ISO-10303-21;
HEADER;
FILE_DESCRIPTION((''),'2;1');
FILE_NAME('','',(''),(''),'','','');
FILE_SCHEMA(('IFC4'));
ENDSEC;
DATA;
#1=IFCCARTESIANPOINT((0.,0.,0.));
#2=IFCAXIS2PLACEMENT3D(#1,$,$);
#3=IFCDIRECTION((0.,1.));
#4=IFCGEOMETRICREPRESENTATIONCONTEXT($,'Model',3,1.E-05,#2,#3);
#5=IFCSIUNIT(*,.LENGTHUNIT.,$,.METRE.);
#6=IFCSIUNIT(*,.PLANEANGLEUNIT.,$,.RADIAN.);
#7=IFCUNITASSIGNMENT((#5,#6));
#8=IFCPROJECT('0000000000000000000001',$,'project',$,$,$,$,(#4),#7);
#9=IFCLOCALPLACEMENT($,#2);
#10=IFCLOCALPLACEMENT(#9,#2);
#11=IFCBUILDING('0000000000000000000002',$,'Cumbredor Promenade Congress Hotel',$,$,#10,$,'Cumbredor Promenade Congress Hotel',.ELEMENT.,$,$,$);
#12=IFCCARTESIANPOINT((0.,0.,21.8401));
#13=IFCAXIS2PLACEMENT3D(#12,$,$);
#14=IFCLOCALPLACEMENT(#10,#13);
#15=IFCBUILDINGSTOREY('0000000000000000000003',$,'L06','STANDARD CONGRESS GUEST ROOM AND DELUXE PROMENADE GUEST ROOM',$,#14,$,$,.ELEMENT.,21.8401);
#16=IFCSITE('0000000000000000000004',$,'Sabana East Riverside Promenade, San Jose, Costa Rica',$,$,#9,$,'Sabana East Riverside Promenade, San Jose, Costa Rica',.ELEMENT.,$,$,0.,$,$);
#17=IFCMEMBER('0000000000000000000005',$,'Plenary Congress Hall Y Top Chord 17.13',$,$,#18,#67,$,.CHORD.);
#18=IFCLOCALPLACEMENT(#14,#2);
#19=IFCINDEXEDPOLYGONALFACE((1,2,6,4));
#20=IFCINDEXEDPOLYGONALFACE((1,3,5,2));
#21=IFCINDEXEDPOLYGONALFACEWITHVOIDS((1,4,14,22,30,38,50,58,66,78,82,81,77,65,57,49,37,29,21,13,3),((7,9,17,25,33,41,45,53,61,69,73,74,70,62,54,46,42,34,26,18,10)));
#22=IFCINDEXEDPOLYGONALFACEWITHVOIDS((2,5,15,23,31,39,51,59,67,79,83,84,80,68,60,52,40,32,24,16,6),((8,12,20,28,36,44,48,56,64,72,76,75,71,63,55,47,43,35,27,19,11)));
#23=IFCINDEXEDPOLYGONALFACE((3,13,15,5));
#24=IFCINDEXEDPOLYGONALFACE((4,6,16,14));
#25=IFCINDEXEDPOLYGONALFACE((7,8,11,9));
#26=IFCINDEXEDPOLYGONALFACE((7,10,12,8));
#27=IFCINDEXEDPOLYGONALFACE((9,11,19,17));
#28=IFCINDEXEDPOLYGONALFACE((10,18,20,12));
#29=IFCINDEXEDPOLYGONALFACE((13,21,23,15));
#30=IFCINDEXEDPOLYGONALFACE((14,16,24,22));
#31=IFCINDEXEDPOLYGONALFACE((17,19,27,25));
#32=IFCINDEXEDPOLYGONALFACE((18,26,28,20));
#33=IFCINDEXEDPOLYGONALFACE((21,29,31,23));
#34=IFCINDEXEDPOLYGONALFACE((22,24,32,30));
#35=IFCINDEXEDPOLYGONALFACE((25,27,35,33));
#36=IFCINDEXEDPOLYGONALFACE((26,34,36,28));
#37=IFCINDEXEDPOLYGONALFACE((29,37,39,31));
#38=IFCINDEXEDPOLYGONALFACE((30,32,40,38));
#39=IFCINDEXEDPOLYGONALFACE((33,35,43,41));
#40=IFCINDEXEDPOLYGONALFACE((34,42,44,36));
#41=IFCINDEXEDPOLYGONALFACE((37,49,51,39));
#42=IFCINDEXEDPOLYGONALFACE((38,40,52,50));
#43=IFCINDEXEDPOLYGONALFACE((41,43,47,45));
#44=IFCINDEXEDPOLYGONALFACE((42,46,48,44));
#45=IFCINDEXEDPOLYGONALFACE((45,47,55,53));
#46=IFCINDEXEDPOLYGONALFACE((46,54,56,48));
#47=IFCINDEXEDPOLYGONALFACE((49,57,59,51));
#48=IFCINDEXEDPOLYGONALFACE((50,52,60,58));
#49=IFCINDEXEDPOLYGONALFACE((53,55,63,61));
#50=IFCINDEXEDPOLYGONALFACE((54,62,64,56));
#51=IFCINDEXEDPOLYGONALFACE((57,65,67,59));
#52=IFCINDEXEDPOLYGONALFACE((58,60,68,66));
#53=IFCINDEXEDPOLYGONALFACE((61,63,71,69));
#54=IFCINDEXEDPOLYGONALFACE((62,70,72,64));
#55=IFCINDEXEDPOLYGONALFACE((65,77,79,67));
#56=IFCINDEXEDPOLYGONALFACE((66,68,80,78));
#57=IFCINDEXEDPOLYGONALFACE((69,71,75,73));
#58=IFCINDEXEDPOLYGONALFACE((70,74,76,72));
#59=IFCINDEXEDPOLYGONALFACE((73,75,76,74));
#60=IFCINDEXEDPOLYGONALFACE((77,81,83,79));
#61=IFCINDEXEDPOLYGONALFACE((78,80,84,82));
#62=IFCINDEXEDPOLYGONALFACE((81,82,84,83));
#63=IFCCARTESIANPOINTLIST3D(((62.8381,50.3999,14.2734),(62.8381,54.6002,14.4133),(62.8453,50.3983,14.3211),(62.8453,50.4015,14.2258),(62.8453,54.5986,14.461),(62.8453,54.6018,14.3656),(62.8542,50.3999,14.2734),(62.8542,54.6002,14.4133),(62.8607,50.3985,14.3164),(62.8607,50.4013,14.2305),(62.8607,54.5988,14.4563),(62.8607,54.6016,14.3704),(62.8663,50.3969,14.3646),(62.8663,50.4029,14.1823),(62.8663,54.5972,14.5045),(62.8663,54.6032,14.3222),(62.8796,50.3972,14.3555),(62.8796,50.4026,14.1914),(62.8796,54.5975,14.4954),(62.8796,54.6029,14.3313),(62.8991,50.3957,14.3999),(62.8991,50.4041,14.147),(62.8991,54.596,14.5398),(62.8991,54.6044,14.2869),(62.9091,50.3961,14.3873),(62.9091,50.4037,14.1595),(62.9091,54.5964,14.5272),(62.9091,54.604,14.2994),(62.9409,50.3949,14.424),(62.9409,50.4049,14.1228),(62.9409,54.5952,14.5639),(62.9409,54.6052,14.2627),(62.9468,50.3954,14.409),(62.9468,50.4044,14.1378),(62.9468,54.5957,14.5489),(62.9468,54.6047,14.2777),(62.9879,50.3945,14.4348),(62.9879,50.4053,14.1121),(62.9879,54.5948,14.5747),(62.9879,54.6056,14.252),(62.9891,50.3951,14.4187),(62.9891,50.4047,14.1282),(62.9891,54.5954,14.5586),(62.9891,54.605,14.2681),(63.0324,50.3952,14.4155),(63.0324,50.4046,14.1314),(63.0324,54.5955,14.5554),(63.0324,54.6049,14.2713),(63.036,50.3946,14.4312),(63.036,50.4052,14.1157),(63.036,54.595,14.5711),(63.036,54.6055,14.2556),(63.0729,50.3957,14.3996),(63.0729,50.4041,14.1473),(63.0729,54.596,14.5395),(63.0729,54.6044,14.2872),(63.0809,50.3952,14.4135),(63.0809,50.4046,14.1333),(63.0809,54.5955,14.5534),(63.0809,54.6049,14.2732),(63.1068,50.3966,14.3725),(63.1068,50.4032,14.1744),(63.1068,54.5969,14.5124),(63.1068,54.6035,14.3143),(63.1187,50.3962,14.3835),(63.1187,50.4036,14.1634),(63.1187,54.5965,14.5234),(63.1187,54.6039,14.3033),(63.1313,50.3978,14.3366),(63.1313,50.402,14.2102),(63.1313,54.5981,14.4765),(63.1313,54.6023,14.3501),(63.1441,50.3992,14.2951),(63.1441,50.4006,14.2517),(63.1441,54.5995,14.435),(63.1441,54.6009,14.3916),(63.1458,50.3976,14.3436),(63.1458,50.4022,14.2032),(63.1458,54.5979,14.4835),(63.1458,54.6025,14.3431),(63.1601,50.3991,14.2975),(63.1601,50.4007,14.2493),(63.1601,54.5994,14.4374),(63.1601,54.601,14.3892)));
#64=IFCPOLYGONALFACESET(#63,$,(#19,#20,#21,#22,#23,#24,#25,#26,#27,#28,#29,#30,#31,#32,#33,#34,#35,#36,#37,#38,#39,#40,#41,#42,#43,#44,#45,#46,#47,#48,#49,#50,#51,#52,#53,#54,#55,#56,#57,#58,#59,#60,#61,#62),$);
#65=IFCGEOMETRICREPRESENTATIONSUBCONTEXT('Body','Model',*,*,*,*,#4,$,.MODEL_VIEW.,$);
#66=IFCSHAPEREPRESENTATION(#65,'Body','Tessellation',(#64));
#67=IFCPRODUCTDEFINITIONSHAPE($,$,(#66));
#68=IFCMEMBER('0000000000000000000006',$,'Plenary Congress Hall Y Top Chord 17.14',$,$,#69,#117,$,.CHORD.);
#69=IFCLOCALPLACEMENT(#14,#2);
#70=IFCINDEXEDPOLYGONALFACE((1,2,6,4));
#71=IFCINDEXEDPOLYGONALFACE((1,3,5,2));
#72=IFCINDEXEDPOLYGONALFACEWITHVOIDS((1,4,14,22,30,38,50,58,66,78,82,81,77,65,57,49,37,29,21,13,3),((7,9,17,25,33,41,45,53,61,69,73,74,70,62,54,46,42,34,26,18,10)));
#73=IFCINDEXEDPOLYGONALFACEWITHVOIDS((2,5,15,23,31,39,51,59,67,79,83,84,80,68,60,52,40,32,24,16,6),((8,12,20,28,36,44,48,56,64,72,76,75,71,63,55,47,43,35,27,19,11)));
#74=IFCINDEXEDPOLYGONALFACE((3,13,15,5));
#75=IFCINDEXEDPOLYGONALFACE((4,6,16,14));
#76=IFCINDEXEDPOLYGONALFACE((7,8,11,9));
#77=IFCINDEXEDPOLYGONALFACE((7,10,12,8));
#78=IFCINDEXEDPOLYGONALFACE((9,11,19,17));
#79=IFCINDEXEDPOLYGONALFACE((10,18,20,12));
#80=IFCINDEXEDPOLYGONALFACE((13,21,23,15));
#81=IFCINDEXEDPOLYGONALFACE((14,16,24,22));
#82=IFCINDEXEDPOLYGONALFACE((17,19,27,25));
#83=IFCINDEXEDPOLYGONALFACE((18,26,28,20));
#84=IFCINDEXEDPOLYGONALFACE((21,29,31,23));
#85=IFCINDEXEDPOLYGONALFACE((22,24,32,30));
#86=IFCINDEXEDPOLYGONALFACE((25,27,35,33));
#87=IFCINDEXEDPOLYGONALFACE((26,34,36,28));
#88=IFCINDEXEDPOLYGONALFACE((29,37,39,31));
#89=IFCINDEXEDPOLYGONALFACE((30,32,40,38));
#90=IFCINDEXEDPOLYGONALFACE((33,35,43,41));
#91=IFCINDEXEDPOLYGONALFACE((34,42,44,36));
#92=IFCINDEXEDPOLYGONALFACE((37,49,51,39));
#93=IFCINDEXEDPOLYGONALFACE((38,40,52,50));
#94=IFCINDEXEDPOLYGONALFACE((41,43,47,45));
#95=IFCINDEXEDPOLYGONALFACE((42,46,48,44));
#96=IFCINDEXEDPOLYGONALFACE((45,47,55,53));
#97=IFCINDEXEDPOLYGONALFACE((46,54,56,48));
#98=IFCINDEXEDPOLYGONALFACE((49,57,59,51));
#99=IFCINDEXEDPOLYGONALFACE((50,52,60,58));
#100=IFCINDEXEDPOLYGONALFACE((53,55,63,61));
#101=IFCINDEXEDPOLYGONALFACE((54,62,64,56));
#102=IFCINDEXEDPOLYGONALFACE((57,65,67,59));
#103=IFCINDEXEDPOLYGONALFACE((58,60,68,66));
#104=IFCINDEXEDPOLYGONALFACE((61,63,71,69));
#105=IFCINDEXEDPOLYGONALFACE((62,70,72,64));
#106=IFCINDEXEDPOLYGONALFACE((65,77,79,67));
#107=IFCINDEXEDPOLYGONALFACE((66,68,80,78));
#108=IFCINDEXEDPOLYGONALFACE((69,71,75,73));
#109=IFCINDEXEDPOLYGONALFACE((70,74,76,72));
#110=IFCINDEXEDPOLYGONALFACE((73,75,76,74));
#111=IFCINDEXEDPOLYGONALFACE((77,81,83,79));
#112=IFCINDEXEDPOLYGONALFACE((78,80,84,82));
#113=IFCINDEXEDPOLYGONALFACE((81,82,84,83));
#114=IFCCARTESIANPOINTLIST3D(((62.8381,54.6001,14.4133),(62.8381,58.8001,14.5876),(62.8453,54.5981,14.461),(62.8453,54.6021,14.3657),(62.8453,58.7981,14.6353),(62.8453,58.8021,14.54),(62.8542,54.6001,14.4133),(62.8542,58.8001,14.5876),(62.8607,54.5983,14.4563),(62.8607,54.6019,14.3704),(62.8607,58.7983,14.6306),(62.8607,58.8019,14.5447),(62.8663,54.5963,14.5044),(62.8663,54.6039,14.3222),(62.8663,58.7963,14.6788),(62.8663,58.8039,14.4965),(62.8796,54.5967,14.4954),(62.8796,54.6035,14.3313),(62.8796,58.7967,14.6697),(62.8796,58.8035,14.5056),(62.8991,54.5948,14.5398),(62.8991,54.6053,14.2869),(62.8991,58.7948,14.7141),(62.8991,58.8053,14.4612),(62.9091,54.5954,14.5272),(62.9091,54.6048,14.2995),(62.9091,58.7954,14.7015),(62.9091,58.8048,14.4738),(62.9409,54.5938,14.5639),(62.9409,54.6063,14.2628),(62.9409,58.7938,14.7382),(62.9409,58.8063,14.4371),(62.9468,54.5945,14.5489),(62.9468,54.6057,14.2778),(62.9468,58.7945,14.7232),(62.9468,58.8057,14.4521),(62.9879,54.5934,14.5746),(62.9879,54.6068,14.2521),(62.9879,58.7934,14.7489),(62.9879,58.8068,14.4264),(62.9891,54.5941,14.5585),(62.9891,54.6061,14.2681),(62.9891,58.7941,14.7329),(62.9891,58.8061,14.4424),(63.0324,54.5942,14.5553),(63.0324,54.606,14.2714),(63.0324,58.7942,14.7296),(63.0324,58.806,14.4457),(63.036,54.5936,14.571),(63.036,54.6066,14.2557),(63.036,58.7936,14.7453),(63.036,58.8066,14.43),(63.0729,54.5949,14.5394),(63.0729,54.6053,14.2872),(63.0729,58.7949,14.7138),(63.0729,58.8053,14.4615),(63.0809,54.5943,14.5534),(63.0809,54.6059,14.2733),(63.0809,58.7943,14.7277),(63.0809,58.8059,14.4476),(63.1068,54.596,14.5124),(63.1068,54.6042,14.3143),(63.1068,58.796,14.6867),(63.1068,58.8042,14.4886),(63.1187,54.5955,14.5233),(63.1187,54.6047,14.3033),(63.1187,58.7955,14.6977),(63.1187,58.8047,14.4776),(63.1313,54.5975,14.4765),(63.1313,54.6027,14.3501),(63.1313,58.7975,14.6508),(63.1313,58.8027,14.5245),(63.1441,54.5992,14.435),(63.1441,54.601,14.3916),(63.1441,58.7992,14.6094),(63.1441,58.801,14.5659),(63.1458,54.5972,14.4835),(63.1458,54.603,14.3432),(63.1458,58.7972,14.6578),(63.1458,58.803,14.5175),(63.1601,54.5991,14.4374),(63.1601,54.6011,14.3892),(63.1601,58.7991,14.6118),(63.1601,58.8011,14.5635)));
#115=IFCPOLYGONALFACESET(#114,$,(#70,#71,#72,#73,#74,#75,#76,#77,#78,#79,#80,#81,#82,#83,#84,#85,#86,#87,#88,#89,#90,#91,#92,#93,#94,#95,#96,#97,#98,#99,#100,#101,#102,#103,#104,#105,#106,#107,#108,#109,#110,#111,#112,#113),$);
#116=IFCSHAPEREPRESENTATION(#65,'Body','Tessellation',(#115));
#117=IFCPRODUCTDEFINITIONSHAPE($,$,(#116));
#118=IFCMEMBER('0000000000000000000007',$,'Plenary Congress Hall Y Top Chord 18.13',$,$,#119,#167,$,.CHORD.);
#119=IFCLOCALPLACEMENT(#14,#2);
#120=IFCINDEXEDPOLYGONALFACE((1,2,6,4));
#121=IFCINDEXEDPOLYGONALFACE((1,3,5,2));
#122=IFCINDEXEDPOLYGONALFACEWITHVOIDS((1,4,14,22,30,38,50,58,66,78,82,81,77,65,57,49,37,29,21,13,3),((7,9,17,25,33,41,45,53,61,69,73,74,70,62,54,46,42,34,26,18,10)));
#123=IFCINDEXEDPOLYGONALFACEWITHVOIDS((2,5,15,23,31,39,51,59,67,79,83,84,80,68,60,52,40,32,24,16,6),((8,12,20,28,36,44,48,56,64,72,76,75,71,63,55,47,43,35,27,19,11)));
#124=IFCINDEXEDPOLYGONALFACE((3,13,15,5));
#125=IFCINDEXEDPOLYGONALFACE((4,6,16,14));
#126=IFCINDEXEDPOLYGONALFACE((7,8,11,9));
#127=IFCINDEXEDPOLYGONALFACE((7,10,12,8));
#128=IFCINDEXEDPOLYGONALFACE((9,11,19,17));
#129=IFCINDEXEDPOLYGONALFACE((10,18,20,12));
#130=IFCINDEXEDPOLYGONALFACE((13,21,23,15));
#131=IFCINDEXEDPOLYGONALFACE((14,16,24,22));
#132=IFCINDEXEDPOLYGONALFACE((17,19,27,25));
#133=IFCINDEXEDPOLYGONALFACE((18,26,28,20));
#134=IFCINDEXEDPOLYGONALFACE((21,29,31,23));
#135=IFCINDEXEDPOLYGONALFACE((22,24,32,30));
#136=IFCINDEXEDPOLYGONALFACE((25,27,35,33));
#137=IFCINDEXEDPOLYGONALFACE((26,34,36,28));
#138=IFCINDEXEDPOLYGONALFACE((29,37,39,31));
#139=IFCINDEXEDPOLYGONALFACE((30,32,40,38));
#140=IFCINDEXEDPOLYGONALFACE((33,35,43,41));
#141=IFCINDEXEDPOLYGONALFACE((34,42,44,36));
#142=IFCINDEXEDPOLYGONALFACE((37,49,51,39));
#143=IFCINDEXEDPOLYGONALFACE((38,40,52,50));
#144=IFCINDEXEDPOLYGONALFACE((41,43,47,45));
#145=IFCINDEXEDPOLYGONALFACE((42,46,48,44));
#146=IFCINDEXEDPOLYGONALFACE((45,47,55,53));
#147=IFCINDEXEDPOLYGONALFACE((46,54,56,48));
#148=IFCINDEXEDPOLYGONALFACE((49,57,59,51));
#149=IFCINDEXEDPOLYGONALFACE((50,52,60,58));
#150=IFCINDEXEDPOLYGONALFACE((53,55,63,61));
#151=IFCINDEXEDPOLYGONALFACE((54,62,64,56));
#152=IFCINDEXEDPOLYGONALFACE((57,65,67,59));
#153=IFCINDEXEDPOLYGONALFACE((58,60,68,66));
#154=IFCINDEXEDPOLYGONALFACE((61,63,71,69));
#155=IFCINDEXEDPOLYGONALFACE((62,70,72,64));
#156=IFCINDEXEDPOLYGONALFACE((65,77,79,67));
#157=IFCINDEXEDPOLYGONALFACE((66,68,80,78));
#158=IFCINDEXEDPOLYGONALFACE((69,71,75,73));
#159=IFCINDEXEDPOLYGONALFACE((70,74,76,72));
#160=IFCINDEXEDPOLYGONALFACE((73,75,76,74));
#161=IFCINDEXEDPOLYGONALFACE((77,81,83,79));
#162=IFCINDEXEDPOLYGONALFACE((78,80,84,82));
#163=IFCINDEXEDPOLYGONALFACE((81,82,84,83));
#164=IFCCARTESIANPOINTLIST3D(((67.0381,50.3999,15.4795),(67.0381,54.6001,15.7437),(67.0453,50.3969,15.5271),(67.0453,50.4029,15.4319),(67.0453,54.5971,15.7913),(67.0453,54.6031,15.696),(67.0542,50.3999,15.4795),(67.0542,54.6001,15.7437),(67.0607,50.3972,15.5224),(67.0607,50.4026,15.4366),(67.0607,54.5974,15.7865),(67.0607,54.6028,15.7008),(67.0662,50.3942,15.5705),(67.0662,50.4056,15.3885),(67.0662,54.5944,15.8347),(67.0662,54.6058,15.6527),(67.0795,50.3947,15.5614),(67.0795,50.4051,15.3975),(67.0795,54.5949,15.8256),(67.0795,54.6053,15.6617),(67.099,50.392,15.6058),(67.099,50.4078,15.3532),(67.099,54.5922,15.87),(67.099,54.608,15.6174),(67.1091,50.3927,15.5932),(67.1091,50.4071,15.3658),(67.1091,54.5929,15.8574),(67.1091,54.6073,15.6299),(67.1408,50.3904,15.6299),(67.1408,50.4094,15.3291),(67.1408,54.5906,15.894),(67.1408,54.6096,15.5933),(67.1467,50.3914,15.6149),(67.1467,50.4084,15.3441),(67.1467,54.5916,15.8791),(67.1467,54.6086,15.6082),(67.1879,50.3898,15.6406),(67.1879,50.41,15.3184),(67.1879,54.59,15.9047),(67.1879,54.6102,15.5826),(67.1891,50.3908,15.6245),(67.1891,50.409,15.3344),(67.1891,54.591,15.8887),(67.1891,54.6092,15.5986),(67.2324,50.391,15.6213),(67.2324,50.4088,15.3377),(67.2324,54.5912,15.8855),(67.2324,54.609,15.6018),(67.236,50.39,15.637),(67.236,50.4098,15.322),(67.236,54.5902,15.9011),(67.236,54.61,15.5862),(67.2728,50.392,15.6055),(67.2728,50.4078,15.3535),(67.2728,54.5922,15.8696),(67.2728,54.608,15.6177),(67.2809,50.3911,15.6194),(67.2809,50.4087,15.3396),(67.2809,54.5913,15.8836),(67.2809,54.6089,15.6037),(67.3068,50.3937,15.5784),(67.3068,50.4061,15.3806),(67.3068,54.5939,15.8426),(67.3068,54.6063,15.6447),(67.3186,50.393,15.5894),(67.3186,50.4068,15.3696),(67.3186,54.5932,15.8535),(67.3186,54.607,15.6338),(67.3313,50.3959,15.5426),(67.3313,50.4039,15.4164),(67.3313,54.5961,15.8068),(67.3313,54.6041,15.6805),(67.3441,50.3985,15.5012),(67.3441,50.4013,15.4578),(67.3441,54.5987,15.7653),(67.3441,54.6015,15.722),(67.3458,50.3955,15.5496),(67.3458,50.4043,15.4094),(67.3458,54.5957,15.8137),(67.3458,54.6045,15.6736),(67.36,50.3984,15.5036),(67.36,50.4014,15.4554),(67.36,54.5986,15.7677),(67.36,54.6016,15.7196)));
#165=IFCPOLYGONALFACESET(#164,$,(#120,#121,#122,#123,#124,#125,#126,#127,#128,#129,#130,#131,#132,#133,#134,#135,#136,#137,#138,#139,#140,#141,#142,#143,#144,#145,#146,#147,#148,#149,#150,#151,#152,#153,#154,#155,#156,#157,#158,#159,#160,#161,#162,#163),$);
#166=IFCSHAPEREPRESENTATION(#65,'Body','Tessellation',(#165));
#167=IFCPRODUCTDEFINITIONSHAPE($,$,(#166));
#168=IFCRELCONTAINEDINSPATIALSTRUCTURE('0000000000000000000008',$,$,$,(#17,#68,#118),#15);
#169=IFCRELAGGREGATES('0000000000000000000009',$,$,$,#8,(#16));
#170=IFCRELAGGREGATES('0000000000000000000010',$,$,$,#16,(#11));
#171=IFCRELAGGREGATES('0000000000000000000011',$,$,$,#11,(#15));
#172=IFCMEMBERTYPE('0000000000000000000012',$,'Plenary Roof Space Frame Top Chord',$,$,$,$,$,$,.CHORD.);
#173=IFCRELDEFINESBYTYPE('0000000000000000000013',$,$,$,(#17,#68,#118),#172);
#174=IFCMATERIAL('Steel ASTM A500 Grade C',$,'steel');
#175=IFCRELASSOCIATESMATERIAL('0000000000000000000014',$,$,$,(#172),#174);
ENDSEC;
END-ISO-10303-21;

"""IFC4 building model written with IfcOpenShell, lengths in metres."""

from ifc_helpers import new_model, si_unit, direction, frame, origin, origin_2d, place, context, subcontext, project, spatial, hollow_circle, extrude, material, material_profile, profile_set, type_object, element, save


model = new_model("IFC4")

# Units and contexts
model_context = context("Model", 3, precision=1e-05, world=origin(), true_north=direction((0.0, 1.0)))
body_context = subcontext(model_context, "Body", "Model", "MODEL_VIEW")
ifc_project = project(units=[si_unit("LENGTHUNIT", "METRE"), si_unit("PLANEANGLEUNIT", "RADIAN")], contexts=[model_context])

# Site, building, storey
site_placement = place(None, origin())
site = spatial("IfcSite", under=ifc_project, at=site_placement, Name="Sabana East Riverside Promenade, San Jose, Costa Rica", LongName="Sabana East Riverside Promenade, San Jose, Costa Rica", CompositionType="ELEMENT", RefElevation=0.0)
building_placement = place(site_placement, origin())
building = spatial("IfcBuilding", under=site, at=building_placement, Name="Cumbredor Promenade Congress Hotel", LongName="Cumbredor Promenade Congress Hotel", CompositionType="ELEMENT")
storey_placement = place(building_placement, frame((0.0, 0.0, 21.8401)))
storey = spatial("IfcBuildingStorey", under=building, at=storey_placement, Name="L06", Description="STANDARD CONGRESS GUEST ROOM AND DELUXE PROMENADE GUEST ROOM", CompositionType="ELEMENT", Elevation=21.8401)

# Members
ifc_material_1 = material(Name="Steel ASTM A500 Grade C", Category="steel")
ifc_material_profile_1 = material_profile(ifc_material_1, hollow_circle(Radius=0.1619, WallThickness=0.0161, at=origin_2d()), Name="CHS 323.9x16")
ifc_profile_set_1 = profile_set([ifc_material_profile_1], Name="Steel ASTM A500 Grade C")
member_type_1 = type_object("IfcMemberType", Name="Plenary Roof Space Frame Top Chord", PredefinedType="CHORD", material=ifc_profile_set_1)
member_1_placement = place(storey_placement, frame((63.0, 50.3999, 14.2734), z_axis=(0.0, 0.999446, 0.033288), x_axis=(-1.0, 0.0, 0.0)))
element("IfcMember", 1, at=member_1_placement, inside=storey, type_object=member_type_1, Name="Plenary Congress Hall Y Top Chord 17.13", PredefinedType="CHORD", context=body_context, shape_type="SweptSolid", body=[
    extrude(hollow_circle(Radius=0.1619, WallThickness=0.0161, at=origin_2d()), origin(), (0.0, 0.0, 1.0), 4.2026),
])
member_2_placement = place(storey_placement, frame((63.0, 54.6001, 14.4133), z_axis=(0.0, 0.99914, 0.041469), x_axis=(-1.0, 0.0, 0.0)))
element("IfcMember", 2, at=member_2_placement, inside=storey, type_object=member_type_1, Name="Plenary Congress Hall Y Top Chord 17.14", PredefinedType="CHORD", context=body_context, shape_type="SweptSolid", body=[
    extrude(hollow_circle(Radius=0.1619, WallThickness=0.0161, at=origin_2d()), origin(), (0.0, 0.0, 1.0), 4.2036),
])
member_3_placement = place(storey_placement, frame((67.2, 50.3999, 15.4795), z_axis=(0.0, 0.998028, 0.062768), x_axis=(-1.0, 0.0, 0.0)))
element("IfcMember", 3, at=member_3_placement, inside=storey, type_object=member_type_1, Name="Plenary Congress Hall Y Top Chord 18.13", PredefinedType="CHORD", context=body_context, shape_type="SweptSolid", body=[
    extrude(hollow_circle(Radius=0.1619, WallThickness=0.0161, at=origin_2d()), origin(), (0.0, 0.0, 1.0), 4.2085),
])

save(model, "model.ifc")
